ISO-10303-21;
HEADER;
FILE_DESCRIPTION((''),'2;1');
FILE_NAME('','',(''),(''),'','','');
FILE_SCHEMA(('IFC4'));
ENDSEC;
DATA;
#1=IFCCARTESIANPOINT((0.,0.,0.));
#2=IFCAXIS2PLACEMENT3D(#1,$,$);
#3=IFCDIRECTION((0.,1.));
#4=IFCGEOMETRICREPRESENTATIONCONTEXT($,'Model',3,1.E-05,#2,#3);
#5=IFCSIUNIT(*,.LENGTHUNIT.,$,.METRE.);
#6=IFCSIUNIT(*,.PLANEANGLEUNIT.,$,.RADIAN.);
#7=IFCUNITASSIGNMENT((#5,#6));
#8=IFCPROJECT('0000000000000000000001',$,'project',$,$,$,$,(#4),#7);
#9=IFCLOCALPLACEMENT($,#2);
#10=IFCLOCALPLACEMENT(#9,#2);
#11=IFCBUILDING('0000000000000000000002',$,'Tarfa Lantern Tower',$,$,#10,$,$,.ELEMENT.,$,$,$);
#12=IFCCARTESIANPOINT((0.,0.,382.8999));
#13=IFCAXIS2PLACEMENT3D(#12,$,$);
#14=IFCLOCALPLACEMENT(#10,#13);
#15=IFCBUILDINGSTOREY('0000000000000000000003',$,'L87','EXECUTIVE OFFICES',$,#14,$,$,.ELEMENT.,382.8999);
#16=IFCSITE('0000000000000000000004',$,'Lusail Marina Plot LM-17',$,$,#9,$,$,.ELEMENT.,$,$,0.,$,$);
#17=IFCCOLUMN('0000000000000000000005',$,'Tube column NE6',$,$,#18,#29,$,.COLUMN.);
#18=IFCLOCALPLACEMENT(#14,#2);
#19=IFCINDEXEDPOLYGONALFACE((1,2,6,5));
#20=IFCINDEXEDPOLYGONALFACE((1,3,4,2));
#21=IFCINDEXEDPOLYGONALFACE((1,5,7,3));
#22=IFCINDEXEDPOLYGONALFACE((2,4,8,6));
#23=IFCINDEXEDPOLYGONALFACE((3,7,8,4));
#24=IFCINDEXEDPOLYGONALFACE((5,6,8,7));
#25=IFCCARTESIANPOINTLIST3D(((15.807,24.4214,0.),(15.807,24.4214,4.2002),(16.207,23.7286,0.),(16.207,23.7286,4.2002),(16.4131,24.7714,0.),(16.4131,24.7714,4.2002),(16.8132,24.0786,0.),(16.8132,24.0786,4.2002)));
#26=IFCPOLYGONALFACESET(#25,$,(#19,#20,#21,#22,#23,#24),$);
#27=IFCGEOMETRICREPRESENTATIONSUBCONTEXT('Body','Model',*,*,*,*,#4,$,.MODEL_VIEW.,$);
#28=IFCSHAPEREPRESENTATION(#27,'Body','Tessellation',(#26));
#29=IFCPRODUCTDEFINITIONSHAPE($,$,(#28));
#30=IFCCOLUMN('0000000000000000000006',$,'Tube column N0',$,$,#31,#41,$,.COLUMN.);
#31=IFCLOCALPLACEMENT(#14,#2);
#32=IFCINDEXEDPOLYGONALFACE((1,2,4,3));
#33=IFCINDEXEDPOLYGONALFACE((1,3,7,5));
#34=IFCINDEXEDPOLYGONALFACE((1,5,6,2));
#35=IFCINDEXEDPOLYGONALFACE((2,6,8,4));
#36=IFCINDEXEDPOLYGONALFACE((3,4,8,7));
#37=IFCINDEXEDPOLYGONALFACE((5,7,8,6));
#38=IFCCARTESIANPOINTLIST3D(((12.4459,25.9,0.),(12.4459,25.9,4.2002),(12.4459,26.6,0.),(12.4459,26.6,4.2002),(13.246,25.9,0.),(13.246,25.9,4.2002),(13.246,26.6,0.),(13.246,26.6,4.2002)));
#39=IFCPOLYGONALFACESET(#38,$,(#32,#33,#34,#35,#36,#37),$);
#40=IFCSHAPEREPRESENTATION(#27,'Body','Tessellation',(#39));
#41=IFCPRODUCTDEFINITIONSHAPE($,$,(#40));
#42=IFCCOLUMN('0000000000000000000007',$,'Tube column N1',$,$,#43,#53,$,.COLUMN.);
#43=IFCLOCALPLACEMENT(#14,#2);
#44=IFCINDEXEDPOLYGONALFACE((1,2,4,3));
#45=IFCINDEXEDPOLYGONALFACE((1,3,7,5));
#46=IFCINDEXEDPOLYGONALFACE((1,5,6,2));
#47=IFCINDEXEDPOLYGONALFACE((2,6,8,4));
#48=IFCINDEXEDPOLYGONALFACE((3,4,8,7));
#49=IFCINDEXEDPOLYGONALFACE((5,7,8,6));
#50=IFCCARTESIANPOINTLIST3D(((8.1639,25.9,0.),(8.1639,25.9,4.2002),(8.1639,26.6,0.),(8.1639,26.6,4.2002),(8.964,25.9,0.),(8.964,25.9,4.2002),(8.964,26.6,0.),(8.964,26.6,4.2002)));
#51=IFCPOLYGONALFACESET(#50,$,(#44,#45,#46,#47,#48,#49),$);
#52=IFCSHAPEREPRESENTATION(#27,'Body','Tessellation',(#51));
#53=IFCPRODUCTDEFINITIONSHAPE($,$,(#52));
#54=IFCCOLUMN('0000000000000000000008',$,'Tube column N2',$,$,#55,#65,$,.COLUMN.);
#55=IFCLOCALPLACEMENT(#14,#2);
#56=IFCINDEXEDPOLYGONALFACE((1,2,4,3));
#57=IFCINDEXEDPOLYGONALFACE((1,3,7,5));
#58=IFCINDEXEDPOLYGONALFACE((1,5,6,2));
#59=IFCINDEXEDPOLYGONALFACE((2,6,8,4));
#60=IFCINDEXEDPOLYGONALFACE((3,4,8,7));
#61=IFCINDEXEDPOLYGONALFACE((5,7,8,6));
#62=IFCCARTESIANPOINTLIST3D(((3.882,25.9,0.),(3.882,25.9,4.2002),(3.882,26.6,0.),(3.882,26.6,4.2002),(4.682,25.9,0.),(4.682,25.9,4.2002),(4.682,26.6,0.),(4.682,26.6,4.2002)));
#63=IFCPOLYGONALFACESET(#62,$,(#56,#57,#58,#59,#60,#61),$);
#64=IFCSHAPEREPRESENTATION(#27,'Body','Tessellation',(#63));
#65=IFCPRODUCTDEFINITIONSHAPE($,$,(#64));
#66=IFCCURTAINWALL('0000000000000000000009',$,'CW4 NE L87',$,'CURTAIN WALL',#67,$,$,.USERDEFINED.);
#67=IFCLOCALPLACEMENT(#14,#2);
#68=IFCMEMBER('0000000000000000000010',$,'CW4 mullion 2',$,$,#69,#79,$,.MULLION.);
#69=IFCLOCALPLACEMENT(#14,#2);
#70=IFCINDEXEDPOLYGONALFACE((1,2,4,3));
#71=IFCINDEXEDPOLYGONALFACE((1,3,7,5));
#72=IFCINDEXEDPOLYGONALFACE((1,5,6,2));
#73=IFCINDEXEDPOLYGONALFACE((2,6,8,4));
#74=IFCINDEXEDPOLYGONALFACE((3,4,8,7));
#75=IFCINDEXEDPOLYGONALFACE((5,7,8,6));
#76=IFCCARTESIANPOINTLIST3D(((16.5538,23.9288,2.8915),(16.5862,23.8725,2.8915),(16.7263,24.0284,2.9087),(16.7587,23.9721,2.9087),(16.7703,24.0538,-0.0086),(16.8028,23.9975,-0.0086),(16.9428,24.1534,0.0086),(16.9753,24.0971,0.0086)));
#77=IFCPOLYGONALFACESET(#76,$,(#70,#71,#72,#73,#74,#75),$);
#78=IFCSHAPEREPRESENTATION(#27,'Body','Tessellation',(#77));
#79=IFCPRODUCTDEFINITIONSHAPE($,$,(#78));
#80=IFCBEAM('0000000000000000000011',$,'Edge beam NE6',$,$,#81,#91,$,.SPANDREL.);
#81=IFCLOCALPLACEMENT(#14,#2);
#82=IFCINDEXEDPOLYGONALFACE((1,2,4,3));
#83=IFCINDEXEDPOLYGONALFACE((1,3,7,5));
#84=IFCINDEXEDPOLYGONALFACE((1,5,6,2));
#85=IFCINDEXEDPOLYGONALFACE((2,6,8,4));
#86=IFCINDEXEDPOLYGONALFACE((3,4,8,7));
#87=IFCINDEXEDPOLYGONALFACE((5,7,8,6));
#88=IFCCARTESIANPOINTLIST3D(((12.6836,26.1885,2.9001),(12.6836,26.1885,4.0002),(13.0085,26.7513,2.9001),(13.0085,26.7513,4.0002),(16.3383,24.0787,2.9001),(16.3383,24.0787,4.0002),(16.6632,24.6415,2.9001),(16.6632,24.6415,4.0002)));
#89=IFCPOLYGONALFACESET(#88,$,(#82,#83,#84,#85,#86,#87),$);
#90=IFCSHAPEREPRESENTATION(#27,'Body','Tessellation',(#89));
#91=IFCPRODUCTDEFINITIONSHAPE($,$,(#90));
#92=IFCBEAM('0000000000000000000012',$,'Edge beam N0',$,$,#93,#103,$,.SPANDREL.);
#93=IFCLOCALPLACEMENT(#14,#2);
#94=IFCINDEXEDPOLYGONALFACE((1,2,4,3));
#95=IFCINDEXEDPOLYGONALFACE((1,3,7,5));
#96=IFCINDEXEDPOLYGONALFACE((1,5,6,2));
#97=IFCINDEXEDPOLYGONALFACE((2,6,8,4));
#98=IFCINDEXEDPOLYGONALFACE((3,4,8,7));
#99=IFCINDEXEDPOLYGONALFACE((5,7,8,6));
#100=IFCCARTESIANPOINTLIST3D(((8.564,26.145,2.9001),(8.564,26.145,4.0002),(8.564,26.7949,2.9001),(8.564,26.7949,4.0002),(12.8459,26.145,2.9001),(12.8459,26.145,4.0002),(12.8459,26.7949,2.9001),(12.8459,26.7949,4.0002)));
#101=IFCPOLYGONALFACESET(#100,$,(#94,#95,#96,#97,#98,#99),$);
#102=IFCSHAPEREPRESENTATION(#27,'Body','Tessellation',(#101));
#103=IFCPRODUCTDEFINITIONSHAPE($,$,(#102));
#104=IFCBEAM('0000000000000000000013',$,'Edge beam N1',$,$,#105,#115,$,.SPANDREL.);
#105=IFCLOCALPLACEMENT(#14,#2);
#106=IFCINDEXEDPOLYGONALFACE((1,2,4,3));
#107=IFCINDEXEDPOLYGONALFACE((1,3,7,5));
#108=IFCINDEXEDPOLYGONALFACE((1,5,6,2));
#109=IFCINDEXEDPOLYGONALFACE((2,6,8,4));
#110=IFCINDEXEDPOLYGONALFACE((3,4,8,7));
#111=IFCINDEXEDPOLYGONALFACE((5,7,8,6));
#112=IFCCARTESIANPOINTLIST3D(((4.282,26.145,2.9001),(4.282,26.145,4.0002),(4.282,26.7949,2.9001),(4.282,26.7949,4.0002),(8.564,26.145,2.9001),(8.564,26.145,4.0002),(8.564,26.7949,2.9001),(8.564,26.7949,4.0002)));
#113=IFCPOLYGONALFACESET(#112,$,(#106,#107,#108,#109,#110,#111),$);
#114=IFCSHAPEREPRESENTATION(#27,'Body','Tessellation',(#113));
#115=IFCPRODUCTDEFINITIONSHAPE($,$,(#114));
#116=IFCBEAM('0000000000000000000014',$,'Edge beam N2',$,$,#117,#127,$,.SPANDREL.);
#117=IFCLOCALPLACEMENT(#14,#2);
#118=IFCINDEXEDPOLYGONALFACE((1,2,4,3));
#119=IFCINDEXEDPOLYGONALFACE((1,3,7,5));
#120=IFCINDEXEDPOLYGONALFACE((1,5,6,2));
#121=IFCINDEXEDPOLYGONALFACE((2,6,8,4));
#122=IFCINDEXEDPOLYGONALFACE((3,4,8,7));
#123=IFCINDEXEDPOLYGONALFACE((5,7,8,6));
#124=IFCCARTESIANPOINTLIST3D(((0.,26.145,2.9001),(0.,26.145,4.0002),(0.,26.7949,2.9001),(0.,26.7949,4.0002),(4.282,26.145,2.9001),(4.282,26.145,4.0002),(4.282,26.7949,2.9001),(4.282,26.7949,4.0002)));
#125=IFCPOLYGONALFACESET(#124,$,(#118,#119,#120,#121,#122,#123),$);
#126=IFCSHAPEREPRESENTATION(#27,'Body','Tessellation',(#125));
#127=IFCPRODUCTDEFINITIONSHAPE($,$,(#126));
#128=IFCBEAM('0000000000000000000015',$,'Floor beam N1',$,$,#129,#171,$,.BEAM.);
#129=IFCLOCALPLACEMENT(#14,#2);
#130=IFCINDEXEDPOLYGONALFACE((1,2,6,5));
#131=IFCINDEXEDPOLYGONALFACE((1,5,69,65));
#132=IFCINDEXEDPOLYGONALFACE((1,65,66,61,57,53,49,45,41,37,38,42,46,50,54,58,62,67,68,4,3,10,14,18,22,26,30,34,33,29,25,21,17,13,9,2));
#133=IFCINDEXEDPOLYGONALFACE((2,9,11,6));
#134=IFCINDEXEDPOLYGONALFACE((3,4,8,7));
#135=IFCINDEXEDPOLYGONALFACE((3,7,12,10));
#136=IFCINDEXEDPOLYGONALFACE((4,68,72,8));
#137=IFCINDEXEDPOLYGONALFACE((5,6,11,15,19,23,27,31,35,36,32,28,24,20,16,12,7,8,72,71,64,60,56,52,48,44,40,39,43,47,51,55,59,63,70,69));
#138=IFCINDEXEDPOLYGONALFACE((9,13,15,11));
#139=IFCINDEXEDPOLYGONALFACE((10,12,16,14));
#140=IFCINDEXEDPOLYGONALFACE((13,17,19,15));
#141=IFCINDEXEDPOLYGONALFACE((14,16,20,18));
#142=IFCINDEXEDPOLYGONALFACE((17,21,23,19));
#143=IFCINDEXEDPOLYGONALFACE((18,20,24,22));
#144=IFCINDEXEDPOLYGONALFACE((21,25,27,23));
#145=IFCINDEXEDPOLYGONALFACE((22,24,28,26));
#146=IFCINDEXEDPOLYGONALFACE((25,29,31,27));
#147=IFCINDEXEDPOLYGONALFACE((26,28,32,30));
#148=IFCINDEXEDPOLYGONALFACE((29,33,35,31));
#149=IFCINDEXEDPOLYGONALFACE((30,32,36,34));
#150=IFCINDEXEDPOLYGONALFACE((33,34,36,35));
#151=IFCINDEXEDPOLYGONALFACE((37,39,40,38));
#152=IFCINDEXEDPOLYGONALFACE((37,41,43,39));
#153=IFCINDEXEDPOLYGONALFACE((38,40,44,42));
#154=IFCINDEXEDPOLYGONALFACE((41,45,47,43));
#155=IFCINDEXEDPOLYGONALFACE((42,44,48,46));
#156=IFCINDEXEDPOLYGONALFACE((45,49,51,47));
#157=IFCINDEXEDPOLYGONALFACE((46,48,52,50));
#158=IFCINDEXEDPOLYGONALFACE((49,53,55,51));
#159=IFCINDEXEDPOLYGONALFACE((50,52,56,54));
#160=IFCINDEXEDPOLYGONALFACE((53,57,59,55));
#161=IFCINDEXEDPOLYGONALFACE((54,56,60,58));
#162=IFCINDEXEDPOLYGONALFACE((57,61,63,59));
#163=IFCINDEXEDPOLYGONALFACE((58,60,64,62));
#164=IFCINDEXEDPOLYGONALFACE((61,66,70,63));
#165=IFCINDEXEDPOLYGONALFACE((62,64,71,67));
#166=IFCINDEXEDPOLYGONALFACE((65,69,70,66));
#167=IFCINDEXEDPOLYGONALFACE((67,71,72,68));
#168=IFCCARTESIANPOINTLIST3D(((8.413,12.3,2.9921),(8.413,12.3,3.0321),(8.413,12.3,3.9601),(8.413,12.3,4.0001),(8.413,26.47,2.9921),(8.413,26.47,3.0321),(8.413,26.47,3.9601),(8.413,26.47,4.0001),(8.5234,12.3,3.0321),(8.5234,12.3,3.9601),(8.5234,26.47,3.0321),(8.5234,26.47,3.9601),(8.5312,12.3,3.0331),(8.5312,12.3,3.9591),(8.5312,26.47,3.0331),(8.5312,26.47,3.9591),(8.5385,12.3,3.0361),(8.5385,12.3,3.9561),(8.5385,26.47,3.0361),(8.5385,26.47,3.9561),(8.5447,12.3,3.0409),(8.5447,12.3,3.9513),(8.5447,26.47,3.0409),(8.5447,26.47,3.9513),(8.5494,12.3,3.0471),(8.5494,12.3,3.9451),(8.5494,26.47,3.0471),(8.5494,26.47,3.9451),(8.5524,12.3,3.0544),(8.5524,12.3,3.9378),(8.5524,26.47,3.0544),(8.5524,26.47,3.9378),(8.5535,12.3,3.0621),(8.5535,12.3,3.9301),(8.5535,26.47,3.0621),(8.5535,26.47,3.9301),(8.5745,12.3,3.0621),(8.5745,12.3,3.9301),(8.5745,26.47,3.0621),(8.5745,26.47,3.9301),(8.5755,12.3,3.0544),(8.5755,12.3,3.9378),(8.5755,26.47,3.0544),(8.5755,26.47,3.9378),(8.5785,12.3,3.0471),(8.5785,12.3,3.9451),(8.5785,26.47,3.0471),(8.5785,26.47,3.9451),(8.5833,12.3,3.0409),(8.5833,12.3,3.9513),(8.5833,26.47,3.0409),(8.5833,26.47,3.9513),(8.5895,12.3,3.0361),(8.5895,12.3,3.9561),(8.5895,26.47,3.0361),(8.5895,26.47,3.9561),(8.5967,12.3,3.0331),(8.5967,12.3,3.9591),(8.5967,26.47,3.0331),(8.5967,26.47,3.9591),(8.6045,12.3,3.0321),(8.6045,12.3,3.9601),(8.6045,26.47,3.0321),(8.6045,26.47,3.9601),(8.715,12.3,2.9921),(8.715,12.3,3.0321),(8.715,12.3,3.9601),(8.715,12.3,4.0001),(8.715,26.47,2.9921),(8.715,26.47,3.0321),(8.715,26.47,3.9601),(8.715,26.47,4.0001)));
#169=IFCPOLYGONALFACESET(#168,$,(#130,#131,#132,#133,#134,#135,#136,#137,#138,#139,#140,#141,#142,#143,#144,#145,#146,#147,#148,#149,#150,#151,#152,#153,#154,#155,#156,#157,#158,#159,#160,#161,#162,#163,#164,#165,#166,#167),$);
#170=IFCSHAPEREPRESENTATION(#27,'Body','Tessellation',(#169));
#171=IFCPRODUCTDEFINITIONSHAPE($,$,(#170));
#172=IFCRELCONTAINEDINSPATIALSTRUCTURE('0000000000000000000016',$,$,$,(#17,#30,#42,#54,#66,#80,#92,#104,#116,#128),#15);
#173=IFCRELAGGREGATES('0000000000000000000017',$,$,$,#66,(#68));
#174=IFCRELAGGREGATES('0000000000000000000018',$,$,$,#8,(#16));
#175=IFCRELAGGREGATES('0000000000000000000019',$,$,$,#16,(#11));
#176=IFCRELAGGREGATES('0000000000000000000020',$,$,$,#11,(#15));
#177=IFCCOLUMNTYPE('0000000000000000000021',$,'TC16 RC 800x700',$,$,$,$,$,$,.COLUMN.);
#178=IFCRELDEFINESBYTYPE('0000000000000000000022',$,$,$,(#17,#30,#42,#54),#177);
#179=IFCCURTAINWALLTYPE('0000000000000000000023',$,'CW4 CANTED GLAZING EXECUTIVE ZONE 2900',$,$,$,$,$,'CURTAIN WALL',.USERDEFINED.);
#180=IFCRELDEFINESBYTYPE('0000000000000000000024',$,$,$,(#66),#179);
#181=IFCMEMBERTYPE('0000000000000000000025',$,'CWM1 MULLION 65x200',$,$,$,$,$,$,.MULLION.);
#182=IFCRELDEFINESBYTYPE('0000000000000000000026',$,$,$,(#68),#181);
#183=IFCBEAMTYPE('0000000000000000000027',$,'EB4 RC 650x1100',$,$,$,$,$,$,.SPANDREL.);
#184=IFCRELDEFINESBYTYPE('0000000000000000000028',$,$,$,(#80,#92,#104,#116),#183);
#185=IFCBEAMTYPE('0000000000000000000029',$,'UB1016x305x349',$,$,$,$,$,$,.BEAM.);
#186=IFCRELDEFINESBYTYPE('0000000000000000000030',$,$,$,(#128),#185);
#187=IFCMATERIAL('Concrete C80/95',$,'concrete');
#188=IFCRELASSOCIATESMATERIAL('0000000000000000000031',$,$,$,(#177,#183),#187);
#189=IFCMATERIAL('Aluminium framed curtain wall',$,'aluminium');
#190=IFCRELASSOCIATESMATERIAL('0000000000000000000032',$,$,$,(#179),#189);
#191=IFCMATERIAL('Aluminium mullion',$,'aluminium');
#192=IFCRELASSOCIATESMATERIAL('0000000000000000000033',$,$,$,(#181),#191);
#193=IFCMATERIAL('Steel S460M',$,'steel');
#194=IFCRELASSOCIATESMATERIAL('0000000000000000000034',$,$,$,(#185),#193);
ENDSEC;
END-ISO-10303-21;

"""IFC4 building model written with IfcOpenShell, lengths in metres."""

from ifc_helpers import new_model, si_unit, direction, frame, origin, origin_2d, place, context, subcontext, project, spatial, rectangle, i_section, extrude, material, material_profile, profile_set, type_object, element, aggregate, save


model = new_model("IFC4")

# Units and contexts
model_context = context("Model", 3, precision=1e-05, world=origin(), true_north=direction((0.0, 1.0)))
body_context = subcontext(model_context, "Body", "Model", "MODEL_VIEW")
ifc_project = project(units=[si_unit("LENGTHUNIT", "METRE"), si_unit("PLANEANGLEUNIT", "RADIAN")], contexts=[model_context])

# Site, building, storey
site_placement = place(None, origin())
site = spatial("IfcSite", under=ifc_project, at=site_placement, Name="Lusail Marina Plot LM-17", CompositionType="ELEMENT", RefElevation=0.0)
building_placement = place(site_placement, origin())
building = spatial("IfcBuilding", under=site, at=building_placement, Name="Tarfa Lantern Tower", CompositionType="ELEMENT")
storey_placement = place(building_placement, frame((0.0, 0.0, 382.8999)))
storey = spatial("IfcBuildingStorey", under=building, at=storey_placement, Name="L87", Description="EXECUTIVE OFFICES", CompositionType="ELEMENT", Elevation=382.8999)

# Columns
ifc_material_1 = material(Name="Concrete C80/95", Category="concrete")
ifc_material_profile_1 = material_profile(ifc_material_1, rectangle(XDim=0.8, YDim=0.7, at=origin_2d()), Name="RC 800x700")
ifc_profile_set_1 = profile_set([ifc_material_profile_1], Name="Concrete C80/95")
column_type = type_object("IfcColumnType", Name="TC16 RC 800x700", PredefinedType="COLUMN", material=ifc_profile_set_1)
for number, where, z_axis, x_axis, name in (
    (1, (16.3101, 24.25, 0.0), (0.0, 0.0, 1.0), (-0.5, 0.866025, 0.0), "Tube column NE6"),
    (2, (12.8459, 26.25, 0.0), (0.0, 0.0, 1.0), (-1.0, 0.0, 0.0), "Tube column N0"),
    (3, (8.564, 26.25, 0.0), (0.0, 0.0, 1.0), (-1.0, 0.0, 0.0), "Tube column N1"),
    (4, (4.282, 26.25, 0.0), (0.0, 0.0, 1.0), (-1.0, 0.0, 0.0), "Tube column N2"),
):
    element("IfcColumn", number, at=place(storey_placement, frame(where, z_axis=z_axis, x_axis=x_axis)), inside=storey, type_object=column_type, Name=name, PredefinedType="COLUMN", context=body_context, shape_type="SweptSolid", body=[
        extrude(rectangle(XDim=0.8, YDim=0.7, at=origin_2d()), origin(), (0.0, 0.0, 1.0), 4.2002),
    ])

# Curtain wall, member
ifc_material_2 = material(Name="Aluminium framed curtain wall", Category="aluminium")
curtain_wall_type = type_object("IfcCurtainWallType", Name="CW4 CANTED GLAZING EXECUTIVE ZONE 2900", ElementType="CURTAIN WALL", PredefinedType="USERDEFINED", material=ifc_material_2)
curtain_wall_placement = place(storey_placement, origin())
curtain_wall = element("IfcCurtainWall", 5, at=curtain_wall_placement, inside=storey, type_object=curtain_wall_type, Name="CW4 NE L87", ObjectType="CURTAIN WALL", PredefinedType="USERDEFINED")
ifc_material_3 = material(Name="Aluminium mullion", Category="aluminium")
ifc_material_profile_2 = material_profile(ifc_material_3, rectangle(XDim=0.0649, YDim=0.2, at=origin_2d()), Name="AL MULLION 65x200")
ifc_profile_set_2 = profile_set([ifc_material_profile_2], Name="Aluminium mullion")
member_type = type_object("IfcMemberType", Name="CWM1 MULLION 65x200", PredefinedType="MULLION", material=ifc_profile_set_2)
member_placement = place(storey_placement, frame((16.8728, 24.0754, 0.0), z_axis=(-0.074394, -0.042942, 0.996304), x_axis=(0.49992, -0.866072, 0.0)))
member = element("IfcMember", 6, at=member_placement, type_object=member_type, Name="CW4 mullion 2", PredefinedType="MULLION", context=body_context, shape_type="SweptSolid", body=[
    extrude(rectangle(XDim=0.0649, YDim=0.2, at=origin_2d()), origin(), (0.0, 0.0, 1.0), 2.9109),
])

# Beams
ifc_material_profile_3 = material_profile(ifc_material_1, rectangle(XDim=0.6499, YDim=1.1001, at=origin_2d()), Name="RC 650x1100")
ifc_profile_set_3 = profile_set([ifc_material_profile_3], Name="Concrete C80/95")
beam_type_1 = type_object("IfcBeamType", Name="EB4 RC 650x1100", PredefinedType="SPANDREL", material=ifc_profile_set_3)
beam_1_placement = place(storey_placement, frame((16.5007, 24.3601, 3.4502), z_axis=(-0.866049, 0.499959, 0.0), x_axis=(-0.499959, -0.866049, 0.0)))
element("IfcBeam", 7, at=beam_1_placement, inside=storey, type_object=beam_type_1, Name="Edge beam NE6", PredefinedType="SPANDREL", context=body_context, shape_type="SweptSolid", body=[
    extrude(rectangle(XDim=0.6499, YDim=1.1001, at=origin_2d()), origin(), (0.0, 0.0, 1.0), 4.22),
])
for number, where, z_axis, x_axis, name in (
    (8, (12.8459, 26.47, 3.4502), (-1.0, 0.0, 0.0), (0.0, -1.0, 0.0), "Edge beam N0"),
    (9, (8.564, 26.47, 3.4502), (-1.0, 0.0, 0.0), (0.0, -1.0, 0.0), "Edge beam N1"),
    (10, (4.282, 26.47, 3.4502), (-1.0, 0.0, 0.0), (0.0, -1.0, 0.0), "Edge beam N2"),
):
    element("IfcBeam", number, at=place(storey_placement, frame(where, z_axis=z_axis, x_axis=x_axis)), inside=storey, type_object=beam_type_1, Name=name, PredefinedType="SPANDREL", context=body_context, shape_type="SweptSolid", body=[
        extrude(rectangle(XDim=0.6499, YDim=1.1001, at=origin_2d()), origin(), (0.0, 0.0, 1.0), 4.282),
    ])
ifc_material_4 = material(Name="Steel S460M", Category="steel")
ifc_material_profile_4 = material_profile(ifc_material_4, i_section(OverallWidth=0.302, OverallDepth=1.0081, WebThickness=0.021, FlangeThickness=0.04, FilletRadius=0.03, at=origin_2d()), Name="UB1016x305x349")
ifc_profile_set_4 = profile_set([ifc_material_profile_4], Name="Steel S460M")
beam_type_2 = type_object("IfcBeamType", Name="UB1016x305x349", PredefinedType="BEAM", material=ifc_profile_set_4)
for number, where, z_axis, x_axis, name in (
    (11, (8.564, 26.47, 3.4961), (0.0, -1.0, 0.0), (1.0, 0.0, 0.0), "Floor beam N1"),
):
    element("IfcBeam", number, at=place(storey_placement, frame(where, z_axis=z_axis, x_axis=x_axis)), inside=storey, type_object=beam_type_2, Name=name, PredefinedType="BEAM", context=body_context, shape_type="SweptSolid", body=[
        extrude(i_section(OverallWidth=0.302, OverallDepth=1.0081, WebThickness=0.021, FlangeThickness=0.04, FilletRadius=0.03, at=origin_2d()), origin(), (0.0, 0.0, 1.0), 14.1699),
    ])

aggregate(curtain_wall, [member])

save(model, "model.ifc")
